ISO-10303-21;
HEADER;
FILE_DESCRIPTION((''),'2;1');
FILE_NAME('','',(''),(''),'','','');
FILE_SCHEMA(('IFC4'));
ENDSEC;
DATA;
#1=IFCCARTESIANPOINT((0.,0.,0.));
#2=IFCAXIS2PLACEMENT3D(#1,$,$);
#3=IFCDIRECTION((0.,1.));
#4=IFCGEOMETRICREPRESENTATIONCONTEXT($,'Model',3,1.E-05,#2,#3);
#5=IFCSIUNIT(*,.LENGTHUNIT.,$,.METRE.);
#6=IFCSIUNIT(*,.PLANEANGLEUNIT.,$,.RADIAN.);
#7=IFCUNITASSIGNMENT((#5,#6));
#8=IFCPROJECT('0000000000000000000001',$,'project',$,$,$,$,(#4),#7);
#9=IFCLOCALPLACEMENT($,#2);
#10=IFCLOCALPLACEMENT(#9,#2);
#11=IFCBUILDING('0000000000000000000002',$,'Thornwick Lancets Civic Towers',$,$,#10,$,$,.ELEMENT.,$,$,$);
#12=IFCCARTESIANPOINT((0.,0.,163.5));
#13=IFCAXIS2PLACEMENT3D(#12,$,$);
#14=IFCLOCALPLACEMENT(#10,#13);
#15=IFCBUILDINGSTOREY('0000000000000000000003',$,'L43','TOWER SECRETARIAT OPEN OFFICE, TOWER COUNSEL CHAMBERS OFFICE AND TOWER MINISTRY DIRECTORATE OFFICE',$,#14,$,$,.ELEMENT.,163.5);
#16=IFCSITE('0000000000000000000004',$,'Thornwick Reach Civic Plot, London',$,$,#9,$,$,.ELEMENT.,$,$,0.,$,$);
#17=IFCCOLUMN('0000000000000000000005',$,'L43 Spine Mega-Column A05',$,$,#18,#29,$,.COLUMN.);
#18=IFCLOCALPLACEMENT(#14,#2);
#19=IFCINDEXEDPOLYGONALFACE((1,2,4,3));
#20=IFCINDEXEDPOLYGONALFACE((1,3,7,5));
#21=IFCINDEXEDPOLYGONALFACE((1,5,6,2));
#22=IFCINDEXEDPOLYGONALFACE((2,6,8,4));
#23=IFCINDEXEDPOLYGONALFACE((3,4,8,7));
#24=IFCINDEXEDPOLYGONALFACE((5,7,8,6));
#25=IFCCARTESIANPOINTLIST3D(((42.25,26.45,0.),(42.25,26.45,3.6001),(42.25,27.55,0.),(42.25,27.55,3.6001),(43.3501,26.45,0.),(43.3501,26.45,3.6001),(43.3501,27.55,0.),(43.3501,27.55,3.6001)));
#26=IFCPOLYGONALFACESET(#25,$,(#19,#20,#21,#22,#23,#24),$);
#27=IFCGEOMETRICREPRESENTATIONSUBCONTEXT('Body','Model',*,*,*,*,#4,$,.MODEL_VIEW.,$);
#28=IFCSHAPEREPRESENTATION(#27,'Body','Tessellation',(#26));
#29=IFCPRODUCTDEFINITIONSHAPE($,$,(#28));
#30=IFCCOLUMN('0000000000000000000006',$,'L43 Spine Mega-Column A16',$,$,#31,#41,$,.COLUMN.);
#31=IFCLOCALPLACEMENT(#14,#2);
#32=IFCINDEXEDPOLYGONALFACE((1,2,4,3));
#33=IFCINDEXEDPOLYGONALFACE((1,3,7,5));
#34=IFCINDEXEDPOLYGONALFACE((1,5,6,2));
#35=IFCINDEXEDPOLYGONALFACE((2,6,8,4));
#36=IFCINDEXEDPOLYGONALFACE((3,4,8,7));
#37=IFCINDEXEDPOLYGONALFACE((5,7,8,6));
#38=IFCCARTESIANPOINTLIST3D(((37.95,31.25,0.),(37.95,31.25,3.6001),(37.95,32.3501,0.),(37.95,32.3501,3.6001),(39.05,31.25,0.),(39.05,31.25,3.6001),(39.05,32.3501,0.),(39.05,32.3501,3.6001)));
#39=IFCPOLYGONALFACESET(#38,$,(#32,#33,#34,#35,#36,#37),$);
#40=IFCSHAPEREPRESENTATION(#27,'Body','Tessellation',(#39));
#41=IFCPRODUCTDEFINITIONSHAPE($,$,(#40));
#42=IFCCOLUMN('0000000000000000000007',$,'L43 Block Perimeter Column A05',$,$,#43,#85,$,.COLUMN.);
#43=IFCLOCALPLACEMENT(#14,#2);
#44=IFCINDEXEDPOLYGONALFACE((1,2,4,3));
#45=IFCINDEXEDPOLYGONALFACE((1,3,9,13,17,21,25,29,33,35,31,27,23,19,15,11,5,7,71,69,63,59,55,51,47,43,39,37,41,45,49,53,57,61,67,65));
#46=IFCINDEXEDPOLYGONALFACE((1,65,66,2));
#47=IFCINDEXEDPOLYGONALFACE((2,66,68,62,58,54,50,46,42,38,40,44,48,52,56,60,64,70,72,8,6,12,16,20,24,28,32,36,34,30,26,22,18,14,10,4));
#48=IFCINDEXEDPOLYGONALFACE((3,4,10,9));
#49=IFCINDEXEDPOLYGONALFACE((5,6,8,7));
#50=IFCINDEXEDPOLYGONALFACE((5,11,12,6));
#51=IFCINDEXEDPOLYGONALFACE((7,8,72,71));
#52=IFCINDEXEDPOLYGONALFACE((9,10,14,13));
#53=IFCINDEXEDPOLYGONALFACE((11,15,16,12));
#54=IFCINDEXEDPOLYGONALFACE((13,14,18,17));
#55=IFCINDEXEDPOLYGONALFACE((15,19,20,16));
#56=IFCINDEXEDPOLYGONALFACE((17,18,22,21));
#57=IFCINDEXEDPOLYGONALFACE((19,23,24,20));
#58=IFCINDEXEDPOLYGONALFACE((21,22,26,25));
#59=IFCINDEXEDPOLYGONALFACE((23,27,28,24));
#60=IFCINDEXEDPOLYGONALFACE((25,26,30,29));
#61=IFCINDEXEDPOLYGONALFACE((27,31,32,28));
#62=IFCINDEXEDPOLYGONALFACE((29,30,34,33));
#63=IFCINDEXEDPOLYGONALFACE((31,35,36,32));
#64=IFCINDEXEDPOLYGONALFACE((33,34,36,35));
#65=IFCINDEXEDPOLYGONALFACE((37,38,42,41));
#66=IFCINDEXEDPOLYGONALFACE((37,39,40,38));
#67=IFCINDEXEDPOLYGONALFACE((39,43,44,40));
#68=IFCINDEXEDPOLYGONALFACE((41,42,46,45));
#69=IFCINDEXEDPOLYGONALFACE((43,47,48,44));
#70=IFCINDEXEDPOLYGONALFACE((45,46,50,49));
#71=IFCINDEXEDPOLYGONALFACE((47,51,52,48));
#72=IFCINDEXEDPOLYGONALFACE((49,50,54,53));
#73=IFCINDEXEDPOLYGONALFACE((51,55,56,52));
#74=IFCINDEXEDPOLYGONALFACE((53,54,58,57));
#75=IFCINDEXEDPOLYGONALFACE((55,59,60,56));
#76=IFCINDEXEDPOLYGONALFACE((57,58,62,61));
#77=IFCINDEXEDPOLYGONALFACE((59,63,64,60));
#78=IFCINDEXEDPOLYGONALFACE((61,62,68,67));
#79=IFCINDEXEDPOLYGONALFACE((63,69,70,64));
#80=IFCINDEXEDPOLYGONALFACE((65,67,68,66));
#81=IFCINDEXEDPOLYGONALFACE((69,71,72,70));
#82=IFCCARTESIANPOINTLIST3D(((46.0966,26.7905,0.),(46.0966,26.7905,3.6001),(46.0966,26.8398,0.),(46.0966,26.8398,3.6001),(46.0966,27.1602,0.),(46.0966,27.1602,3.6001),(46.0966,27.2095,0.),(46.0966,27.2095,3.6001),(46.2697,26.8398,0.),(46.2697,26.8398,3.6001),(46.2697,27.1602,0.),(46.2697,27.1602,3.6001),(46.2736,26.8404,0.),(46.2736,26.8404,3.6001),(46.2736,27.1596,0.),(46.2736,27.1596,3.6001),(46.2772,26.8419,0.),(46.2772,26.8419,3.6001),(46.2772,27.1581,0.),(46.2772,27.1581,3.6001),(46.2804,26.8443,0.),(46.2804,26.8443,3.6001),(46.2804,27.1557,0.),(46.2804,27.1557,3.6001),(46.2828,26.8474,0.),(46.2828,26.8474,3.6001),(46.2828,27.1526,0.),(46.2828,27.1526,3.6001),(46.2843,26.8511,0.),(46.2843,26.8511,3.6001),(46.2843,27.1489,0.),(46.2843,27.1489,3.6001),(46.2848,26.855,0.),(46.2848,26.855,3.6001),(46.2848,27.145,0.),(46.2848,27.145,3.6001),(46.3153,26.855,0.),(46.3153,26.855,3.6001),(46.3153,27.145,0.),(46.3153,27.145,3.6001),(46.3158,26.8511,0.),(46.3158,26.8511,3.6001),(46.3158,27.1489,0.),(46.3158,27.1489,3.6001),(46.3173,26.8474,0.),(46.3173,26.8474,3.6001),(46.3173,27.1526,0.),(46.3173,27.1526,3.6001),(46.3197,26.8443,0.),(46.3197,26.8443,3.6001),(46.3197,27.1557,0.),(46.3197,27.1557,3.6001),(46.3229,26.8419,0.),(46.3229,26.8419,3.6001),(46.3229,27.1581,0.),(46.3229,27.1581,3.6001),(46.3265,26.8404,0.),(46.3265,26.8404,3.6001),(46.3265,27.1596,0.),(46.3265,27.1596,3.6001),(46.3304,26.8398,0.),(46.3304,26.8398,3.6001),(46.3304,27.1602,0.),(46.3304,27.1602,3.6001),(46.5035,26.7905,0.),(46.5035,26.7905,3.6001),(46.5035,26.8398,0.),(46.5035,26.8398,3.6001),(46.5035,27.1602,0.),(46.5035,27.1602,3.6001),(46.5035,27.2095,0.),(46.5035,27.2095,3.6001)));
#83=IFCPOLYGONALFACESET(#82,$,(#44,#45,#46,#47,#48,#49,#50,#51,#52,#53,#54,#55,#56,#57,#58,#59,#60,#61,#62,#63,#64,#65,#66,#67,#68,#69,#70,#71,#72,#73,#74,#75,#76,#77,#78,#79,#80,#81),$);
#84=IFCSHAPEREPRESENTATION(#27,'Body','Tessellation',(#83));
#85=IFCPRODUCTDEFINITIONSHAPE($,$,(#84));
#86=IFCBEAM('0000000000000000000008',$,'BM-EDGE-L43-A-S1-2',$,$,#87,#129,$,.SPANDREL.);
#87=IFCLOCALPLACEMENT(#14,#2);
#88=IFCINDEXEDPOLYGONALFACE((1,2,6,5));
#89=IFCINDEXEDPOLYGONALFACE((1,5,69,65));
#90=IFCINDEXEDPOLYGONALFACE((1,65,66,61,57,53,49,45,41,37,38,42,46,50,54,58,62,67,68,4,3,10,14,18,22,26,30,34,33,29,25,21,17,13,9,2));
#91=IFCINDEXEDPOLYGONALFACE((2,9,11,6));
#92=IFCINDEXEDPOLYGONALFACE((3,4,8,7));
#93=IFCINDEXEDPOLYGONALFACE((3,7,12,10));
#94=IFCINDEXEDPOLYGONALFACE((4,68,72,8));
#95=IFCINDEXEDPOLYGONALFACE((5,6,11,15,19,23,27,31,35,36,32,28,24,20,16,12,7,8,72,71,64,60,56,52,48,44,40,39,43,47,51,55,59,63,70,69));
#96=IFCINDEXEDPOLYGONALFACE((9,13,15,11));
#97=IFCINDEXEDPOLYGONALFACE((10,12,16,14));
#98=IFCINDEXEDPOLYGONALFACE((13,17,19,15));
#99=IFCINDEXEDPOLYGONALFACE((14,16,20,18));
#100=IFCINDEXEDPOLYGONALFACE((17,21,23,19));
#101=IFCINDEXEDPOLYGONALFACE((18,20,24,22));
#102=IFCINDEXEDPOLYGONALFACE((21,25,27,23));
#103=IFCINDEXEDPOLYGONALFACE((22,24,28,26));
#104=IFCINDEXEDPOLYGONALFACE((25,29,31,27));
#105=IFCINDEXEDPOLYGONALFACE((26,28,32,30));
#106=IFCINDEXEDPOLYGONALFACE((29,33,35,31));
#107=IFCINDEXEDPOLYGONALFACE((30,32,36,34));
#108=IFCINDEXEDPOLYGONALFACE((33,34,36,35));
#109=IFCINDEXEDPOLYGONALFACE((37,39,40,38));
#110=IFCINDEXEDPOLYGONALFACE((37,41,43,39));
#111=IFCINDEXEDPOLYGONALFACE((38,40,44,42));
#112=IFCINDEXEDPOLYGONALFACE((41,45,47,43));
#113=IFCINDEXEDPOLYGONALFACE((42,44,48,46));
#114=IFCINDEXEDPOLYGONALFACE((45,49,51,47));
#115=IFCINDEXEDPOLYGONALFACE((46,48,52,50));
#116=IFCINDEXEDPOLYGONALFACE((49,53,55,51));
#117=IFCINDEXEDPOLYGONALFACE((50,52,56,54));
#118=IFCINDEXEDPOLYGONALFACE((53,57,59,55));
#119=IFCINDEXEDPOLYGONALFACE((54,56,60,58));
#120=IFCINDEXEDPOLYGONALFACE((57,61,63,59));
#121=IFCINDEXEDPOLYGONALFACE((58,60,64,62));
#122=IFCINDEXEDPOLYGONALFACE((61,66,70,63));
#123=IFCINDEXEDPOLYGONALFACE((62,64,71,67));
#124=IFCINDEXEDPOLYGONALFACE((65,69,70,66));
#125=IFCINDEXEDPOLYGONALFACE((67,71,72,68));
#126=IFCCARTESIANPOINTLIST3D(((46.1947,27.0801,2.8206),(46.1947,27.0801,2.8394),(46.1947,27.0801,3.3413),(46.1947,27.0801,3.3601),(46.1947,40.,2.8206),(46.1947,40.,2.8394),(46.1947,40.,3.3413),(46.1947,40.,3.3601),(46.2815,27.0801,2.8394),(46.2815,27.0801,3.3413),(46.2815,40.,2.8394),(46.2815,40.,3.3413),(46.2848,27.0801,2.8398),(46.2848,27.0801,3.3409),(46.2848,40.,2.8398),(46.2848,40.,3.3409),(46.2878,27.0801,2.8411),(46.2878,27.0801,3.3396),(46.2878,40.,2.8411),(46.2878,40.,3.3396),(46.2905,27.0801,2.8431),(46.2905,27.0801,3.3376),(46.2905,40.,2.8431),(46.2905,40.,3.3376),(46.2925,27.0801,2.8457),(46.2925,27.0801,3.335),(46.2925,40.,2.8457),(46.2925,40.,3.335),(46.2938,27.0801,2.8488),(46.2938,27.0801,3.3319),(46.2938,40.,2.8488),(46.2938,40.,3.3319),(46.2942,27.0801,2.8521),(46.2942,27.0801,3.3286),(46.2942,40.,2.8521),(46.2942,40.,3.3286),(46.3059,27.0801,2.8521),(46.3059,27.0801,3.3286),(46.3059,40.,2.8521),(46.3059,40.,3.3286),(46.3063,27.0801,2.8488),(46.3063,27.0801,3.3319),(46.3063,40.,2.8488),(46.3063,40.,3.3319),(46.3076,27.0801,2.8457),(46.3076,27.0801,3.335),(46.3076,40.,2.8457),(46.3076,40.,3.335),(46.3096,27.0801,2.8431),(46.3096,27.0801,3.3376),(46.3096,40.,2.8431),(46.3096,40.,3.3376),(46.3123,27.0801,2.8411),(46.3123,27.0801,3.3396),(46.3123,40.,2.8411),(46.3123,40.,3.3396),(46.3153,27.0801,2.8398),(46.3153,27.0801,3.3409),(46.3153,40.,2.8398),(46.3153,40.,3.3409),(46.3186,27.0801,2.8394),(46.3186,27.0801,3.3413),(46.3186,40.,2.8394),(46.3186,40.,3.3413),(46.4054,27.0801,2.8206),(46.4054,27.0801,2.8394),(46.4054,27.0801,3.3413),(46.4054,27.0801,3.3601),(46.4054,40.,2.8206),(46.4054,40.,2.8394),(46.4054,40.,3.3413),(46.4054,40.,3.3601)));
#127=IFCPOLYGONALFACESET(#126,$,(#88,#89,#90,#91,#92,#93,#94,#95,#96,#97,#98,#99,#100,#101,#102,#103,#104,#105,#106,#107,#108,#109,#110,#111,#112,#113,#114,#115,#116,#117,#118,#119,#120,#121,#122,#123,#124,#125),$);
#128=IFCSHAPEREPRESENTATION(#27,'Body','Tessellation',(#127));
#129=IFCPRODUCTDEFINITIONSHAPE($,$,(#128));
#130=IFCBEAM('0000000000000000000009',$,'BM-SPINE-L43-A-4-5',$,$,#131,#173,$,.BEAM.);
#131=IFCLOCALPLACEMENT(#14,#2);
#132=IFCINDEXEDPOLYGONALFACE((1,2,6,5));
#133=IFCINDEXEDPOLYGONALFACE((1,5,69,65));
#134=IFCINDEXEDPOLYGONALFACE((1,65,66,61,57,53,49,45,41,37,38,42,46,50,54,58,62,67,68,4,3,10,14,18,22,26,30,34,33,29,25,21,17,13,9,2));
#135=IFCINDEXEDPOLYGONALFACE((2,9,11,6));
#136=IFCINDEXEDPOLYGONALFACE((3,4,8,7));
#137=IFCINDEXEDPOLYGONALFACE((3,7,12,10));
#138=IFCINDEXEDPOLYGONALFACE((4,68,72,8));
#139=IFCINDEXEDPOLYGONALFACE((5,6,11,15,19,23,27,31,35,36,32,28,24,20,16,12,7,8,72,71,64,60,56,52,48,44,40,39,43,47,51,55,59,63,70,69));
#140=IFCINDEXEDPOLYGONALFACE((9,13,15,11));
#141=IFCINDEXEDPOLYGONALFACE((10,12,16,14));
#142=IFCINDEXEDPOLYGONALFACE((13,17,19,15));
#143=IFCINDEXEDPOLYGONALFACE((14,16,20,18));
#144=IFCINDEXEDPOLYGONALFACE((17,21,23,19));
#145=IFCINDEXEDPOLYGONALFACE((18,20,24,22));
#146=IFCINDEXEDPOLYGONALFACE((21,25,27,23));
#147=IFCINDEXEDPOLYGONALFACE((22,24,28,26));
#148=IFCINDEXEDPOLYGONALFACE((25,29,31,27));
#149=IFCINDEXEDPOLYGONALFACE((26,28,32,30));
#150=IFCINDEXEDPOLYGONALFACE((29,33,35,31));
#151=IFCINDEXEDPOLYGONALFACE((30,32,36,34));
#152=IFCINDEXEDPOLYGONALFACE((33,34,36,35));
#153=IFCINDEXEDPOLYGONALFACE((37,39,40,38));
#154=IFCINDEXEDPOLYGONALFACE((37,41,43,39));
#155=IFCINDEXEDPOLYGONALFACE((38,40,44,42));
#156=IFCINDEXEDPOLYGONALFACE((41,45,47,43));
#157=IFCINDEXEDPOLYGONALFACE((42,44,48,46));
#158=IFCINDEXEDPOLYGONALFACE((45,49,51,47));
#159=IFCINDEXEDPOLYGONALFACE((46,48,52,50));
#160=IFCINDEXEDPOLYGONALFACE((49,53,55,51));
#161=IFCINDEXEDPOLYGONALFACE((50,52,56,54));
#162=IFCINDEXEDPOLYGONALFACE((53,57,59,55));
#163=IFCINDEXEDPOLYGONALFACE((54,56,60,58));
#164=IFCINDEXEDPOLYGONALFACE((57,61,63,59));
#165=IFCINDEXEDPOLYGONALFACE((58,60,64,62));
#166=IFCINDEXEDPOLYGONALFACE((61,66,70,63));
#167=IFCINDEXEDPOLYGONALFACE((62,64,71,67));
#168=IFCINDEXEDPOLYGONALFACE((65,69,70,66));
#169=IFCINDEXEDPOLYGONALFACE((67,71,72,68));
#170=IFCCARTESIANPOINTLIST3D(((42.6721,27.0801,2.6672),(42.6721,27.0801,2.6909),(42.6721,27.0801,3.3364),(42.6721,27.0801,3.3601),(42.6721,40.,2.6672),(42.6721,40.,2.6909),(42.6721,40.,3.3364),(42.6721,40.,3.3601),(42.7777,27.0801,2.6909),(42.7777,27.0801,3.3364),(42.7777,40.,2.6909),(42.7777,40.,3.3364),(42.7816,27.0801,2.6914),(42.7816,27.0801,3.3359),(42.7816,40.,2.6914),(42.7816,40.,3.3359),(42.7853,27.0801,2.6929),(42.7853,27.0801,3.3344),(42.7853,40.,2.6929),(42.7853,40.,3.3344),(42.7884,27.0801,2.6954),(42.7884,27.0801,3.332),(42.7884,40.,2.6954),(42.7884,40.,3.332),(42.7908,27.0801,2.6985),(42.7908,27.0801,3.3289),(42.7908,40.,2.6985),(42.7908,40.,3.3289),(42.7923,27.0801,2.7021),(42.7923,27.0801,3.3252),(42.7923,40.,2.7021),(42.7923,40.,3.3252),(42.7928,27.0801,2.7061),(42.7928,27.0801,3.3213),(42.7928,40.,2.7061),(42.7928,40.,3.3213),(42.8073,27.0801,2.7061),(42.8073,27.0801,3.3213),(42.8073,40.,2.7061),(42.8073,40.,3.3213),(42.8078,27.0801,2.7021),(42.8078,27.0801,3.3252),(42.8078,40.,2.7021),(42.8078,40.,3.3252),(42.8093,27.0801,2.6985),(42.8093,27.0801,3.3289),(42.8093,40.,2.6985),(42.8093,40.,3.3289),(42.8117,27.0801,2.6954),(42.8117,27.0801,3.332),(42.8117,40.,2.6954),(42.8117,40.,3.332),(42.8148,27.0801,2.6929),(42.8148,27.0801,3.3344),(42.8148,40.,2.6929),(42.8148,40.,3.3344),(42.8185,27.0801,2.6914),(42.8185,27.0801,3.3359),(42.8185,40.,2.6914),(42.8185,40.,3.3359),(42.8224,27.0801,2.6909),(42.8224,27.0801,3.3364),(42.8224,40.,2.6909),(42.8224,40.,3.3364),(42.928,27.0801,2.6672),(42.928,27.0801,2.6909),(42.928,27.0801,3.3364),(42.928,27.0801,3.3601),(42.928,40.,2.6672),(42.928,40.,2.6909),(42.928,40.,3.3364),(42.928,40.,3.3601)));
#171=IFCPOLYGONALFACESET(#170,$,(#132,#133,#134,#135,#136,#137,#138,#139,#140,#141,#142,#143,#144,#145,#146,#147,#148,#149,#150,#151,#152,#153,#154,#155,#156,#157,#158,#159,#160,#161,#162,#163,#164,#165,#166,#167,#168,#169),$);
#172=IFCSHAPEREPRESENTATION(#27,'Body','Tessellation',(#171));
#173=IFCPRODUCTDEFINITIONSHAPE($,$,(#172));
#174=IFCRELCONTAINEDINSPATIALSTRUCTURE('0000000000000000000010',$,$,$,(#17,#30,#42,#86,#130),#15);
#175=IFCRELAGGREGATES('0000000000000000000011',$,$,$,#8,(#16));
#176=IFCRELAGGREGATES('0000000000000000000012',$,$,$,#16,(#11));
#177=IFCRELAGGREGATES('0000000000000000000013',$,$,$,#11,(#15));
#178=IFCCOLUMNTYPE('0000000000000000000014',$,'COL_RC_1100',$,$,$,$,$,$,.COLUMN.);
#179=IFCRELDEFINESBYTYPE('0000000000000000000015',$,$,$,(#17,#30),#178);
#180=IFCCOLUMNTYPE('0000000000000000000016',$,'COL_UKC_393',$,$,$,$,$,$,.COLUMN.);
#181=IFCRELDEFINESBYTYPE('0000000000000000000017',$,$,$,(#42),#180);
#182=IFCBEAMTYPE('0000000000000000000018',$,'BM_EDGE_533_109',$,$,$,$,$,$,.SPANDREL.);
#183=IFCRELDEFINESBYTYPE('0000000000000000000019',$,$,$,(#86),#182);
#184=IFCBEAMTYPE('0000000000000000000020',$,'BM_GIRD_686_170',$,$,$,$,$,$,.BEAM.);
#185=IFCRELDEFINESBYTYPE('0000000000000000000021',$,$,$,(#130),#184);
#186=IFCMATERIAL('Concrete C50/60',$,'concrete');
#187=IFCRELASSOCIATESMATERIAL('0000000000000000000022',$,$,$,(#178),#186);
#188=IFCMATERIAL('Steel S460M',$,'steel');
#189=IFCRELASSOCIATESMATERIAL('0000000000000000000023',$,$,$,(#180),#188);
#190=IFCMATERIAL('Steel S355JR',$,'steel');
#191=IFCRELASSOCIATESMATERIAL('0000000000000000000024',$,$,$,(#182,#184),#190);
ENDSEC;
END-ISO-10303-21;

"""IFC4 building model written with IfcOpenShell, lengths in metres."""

from ifc_helpers import new_model, si_unit, direction, frame, origin, origin_2d, place, context, subcontext, project, spatial, rectangle, i_section, extrude, material, material_profile, profile_set, type_object, element, save


model = new_model("IFC4")

# Units and contexts
model_context = context("Model", 3, precision=1e-05, world=origin(), true_north=direction((0.0, 1.0)))
body_context = subcontext(model_context, "Body", "Model", "MODEL_VIEW")
ifc_project = project(units=[si_unit("LENGTHUNIT", "METRE"), si_unit("PLANEANGLEUNIT", "RADIAN")], contexts=[model_context])

# Site, building, storey
site_placement = place(None, origin())
site = spatial("IfcSite", under=ifc_project, at=site_placement, Name="Thornwick Reach Civic Plot, London", CompositionType="ELEMENT", RefElevation=0.0)
building_placement = place(site_placement, origin())
building = spatial("IfcBuilding", under=site, at=building_placement, Name="Thornwick Lancets Civic Towers", CompositionType="ELEMENT")
storey_placement = place(building_placement, frame((0.0, 0.0, 163.5)))
storey = spatial("IfcBuildingStorey", under=building, at=storey_placement, Name="L43", Description="TOWER SECRETARIAT OPEN OFFICE, TOWER COUNSEL CHAMBERS OFFICE AND TOWER MINISTRY DIRECTORATE OFFICE", CompositionType="ELEMENT", Elevation=163.5)

# Columns
ifc_material_1 = material(Name="Concrete C50/60", Category="concrete")
ifc_material_profile_1 = material_profile(ifc_material_1, rectangle(XDim=1.1001, YDim=1.1001, at=origin_2d()), Name="RC 1100x1100")
ifc_profile_set_1 = profile_set([ifc_material_profile_1], Name="Concrete C50/60")
column_type_1 = type_object("IfcColumnType", Name="COL_RC_1100", PredefinedType="COLUMN", material=ifc_profile_set_1)
for number, where, z_axis, x_axis, name in (
    (1, (42.8, 27.0, 0.0), (0.0, 0.0, 1.0), (1.0, 0.0, 0.0), "L43 Spine Mega-Column A05"),
    (2, (38.5, 31.8, 0.0), (0.0, 0.0, 1.0), (1.0, 0.0, 0.0), "L43 Spine Mega-Column A16"),
):
    element("IfcColumn", number, at=place(storey_placement, frame(where, z_axis=z_axis, x_axis=x_axis)), inside=storey, type_object=column_type_1, Name=name, PredefinedType="COLUMN", context=body_context, shape_type="SweptSolid", body=[
        extrude(rectangle(XDim=1.1001, YDim=1.1001, at=origin_2d()), origin(), (0.0, 0.0, 1.0), 3.6001),
    ])
ifc_material_2 = material(Name="Steel S460M", Category="steel")
ifc_material_profile_2 = material_profile(ifc_material_2, i_section(OverallWidth=0.407, OverallDepth=0.4189, WebThickness=0.0305, FlangeThickness=0.0493, FilletRadius=0.0151, at=origin_2d()), Name="UKC 356x406x393")
ifc_profile_set_2 = profile_set([ifc_material_profile_2], Name="Steel S460M")
column_type_2 = type_object("IfcColumnType", Name="COL_UKC_393", PredefinedType="COLUMN", material=ifc_profile_set_2)
column_placement = place(storey_placement, frame((46.3, 27.0, 0.0), z_axis=(0.0, 0.0, 1.0), x_axis=(1.0, 0.0, 0.0)))
element("IfcColumn", 3, at=column_placement, inside=storey, type_object=column_type_2, Name="L43 Block Perimeter Column A05", PredefinedType="COLUMN", context=body_context, shape_type="SweptSolid", body=[
    extrude(i_section(OverallWidth=0.407, OverallDepth=0.4189, WebThickness=0.0305, FlangeThickness=0.0493, FilletRadius=0.0151, at=origin_2d()), origin(), (0.0, 0.0, 1.0), 3.6001),
])

# Beams
ifc_material_3 = material(Name="Steel S355JR", Category="steel")
ifc_material_profile_3 = material_profile(ifc_material_3, i_section(OverallWidth=0.2107, OverallDepth=0.5396, WebThickness=0.0117, FlangeThickness=0.0188, FilletRadius=0.0127, at=origin_2d()), Name="UKB 533x210x109")
ifc_profile_set_3 = profile_set([ifc_material_profile_3], Name="Steel S355JR")
beam_type_1 = type_object("IfcBeamType", Name="BM_EDGE_533_109", PredefinedType="SPANDREL", material=ifc_profile_set_3)
beam_1_placement = place(storey_placement, frame((46.3, 27.0801, 3.0903), z_axis=(0.0, 1.0, 0.0), x_axis=(-1.0, 0.0, 0.0)))
element("IfcBeam", 4, at=beam_1_placement, inside=storey, type_object=beam_type_1, Name="BM-EDGE-L43-A-S1-2", PredefinedType="SPANDREL", context=body_context, shape_type="SweptSolid", body=[
    extrude(i_section(OverallWidth=0.2107, OverallDepth=0.5396, WebThickness=0.0117, FlangeThickness=0.0188, FilletRadius=0.0127, at=origin_2d()), origin(), (0.0, 0.0, 1.0), 12.9199),
])
ifc_material_profile_4 = material_profile(ifc_material_3, i_section(OverallWidth=0.2559, OverallDepth=0.6929, WebThickness=0.0144, FlangeThickness=0.0237, FilletRadius=0.0151, at=origin_2d()), Name="UKB 686x254x170")
ifc_profile_set_4 = profile_set([ifc_material_profile_4], Name="Steel S355JR")
beam_type_2 = type_object("IfcBeamType", Name="BM_GIRD_686_170", PredefinedType="BEAM", material=ifc_profile_set_4)
beam_2_placement = place(storey_placement, frame((42.8, 27.0801, 3.0137), z_axis=(0.0, 1.0, 0.0), x_axis=(-1.0, 0.0, 0.0)))
element("IfcBeam", 5, at=beam_2_placement, inside=storey, type_object=beam_type_2, Name="BM-SPINE-L43-A-4-5", PredefinedType="BEAM", context=body_context, shape_type="SweptSolid", body=[
    extrude(i_section(OverallWidth=0.2559, OverallDepth=0.6929, WebThickness=0.0144, FlangeThickness=0.0237, FilletRadius=0.0151, at=origin_2d()), origin(), (0.0, 0.0, 1.0), 12.9199),
])

save(model, "model.ifc")
